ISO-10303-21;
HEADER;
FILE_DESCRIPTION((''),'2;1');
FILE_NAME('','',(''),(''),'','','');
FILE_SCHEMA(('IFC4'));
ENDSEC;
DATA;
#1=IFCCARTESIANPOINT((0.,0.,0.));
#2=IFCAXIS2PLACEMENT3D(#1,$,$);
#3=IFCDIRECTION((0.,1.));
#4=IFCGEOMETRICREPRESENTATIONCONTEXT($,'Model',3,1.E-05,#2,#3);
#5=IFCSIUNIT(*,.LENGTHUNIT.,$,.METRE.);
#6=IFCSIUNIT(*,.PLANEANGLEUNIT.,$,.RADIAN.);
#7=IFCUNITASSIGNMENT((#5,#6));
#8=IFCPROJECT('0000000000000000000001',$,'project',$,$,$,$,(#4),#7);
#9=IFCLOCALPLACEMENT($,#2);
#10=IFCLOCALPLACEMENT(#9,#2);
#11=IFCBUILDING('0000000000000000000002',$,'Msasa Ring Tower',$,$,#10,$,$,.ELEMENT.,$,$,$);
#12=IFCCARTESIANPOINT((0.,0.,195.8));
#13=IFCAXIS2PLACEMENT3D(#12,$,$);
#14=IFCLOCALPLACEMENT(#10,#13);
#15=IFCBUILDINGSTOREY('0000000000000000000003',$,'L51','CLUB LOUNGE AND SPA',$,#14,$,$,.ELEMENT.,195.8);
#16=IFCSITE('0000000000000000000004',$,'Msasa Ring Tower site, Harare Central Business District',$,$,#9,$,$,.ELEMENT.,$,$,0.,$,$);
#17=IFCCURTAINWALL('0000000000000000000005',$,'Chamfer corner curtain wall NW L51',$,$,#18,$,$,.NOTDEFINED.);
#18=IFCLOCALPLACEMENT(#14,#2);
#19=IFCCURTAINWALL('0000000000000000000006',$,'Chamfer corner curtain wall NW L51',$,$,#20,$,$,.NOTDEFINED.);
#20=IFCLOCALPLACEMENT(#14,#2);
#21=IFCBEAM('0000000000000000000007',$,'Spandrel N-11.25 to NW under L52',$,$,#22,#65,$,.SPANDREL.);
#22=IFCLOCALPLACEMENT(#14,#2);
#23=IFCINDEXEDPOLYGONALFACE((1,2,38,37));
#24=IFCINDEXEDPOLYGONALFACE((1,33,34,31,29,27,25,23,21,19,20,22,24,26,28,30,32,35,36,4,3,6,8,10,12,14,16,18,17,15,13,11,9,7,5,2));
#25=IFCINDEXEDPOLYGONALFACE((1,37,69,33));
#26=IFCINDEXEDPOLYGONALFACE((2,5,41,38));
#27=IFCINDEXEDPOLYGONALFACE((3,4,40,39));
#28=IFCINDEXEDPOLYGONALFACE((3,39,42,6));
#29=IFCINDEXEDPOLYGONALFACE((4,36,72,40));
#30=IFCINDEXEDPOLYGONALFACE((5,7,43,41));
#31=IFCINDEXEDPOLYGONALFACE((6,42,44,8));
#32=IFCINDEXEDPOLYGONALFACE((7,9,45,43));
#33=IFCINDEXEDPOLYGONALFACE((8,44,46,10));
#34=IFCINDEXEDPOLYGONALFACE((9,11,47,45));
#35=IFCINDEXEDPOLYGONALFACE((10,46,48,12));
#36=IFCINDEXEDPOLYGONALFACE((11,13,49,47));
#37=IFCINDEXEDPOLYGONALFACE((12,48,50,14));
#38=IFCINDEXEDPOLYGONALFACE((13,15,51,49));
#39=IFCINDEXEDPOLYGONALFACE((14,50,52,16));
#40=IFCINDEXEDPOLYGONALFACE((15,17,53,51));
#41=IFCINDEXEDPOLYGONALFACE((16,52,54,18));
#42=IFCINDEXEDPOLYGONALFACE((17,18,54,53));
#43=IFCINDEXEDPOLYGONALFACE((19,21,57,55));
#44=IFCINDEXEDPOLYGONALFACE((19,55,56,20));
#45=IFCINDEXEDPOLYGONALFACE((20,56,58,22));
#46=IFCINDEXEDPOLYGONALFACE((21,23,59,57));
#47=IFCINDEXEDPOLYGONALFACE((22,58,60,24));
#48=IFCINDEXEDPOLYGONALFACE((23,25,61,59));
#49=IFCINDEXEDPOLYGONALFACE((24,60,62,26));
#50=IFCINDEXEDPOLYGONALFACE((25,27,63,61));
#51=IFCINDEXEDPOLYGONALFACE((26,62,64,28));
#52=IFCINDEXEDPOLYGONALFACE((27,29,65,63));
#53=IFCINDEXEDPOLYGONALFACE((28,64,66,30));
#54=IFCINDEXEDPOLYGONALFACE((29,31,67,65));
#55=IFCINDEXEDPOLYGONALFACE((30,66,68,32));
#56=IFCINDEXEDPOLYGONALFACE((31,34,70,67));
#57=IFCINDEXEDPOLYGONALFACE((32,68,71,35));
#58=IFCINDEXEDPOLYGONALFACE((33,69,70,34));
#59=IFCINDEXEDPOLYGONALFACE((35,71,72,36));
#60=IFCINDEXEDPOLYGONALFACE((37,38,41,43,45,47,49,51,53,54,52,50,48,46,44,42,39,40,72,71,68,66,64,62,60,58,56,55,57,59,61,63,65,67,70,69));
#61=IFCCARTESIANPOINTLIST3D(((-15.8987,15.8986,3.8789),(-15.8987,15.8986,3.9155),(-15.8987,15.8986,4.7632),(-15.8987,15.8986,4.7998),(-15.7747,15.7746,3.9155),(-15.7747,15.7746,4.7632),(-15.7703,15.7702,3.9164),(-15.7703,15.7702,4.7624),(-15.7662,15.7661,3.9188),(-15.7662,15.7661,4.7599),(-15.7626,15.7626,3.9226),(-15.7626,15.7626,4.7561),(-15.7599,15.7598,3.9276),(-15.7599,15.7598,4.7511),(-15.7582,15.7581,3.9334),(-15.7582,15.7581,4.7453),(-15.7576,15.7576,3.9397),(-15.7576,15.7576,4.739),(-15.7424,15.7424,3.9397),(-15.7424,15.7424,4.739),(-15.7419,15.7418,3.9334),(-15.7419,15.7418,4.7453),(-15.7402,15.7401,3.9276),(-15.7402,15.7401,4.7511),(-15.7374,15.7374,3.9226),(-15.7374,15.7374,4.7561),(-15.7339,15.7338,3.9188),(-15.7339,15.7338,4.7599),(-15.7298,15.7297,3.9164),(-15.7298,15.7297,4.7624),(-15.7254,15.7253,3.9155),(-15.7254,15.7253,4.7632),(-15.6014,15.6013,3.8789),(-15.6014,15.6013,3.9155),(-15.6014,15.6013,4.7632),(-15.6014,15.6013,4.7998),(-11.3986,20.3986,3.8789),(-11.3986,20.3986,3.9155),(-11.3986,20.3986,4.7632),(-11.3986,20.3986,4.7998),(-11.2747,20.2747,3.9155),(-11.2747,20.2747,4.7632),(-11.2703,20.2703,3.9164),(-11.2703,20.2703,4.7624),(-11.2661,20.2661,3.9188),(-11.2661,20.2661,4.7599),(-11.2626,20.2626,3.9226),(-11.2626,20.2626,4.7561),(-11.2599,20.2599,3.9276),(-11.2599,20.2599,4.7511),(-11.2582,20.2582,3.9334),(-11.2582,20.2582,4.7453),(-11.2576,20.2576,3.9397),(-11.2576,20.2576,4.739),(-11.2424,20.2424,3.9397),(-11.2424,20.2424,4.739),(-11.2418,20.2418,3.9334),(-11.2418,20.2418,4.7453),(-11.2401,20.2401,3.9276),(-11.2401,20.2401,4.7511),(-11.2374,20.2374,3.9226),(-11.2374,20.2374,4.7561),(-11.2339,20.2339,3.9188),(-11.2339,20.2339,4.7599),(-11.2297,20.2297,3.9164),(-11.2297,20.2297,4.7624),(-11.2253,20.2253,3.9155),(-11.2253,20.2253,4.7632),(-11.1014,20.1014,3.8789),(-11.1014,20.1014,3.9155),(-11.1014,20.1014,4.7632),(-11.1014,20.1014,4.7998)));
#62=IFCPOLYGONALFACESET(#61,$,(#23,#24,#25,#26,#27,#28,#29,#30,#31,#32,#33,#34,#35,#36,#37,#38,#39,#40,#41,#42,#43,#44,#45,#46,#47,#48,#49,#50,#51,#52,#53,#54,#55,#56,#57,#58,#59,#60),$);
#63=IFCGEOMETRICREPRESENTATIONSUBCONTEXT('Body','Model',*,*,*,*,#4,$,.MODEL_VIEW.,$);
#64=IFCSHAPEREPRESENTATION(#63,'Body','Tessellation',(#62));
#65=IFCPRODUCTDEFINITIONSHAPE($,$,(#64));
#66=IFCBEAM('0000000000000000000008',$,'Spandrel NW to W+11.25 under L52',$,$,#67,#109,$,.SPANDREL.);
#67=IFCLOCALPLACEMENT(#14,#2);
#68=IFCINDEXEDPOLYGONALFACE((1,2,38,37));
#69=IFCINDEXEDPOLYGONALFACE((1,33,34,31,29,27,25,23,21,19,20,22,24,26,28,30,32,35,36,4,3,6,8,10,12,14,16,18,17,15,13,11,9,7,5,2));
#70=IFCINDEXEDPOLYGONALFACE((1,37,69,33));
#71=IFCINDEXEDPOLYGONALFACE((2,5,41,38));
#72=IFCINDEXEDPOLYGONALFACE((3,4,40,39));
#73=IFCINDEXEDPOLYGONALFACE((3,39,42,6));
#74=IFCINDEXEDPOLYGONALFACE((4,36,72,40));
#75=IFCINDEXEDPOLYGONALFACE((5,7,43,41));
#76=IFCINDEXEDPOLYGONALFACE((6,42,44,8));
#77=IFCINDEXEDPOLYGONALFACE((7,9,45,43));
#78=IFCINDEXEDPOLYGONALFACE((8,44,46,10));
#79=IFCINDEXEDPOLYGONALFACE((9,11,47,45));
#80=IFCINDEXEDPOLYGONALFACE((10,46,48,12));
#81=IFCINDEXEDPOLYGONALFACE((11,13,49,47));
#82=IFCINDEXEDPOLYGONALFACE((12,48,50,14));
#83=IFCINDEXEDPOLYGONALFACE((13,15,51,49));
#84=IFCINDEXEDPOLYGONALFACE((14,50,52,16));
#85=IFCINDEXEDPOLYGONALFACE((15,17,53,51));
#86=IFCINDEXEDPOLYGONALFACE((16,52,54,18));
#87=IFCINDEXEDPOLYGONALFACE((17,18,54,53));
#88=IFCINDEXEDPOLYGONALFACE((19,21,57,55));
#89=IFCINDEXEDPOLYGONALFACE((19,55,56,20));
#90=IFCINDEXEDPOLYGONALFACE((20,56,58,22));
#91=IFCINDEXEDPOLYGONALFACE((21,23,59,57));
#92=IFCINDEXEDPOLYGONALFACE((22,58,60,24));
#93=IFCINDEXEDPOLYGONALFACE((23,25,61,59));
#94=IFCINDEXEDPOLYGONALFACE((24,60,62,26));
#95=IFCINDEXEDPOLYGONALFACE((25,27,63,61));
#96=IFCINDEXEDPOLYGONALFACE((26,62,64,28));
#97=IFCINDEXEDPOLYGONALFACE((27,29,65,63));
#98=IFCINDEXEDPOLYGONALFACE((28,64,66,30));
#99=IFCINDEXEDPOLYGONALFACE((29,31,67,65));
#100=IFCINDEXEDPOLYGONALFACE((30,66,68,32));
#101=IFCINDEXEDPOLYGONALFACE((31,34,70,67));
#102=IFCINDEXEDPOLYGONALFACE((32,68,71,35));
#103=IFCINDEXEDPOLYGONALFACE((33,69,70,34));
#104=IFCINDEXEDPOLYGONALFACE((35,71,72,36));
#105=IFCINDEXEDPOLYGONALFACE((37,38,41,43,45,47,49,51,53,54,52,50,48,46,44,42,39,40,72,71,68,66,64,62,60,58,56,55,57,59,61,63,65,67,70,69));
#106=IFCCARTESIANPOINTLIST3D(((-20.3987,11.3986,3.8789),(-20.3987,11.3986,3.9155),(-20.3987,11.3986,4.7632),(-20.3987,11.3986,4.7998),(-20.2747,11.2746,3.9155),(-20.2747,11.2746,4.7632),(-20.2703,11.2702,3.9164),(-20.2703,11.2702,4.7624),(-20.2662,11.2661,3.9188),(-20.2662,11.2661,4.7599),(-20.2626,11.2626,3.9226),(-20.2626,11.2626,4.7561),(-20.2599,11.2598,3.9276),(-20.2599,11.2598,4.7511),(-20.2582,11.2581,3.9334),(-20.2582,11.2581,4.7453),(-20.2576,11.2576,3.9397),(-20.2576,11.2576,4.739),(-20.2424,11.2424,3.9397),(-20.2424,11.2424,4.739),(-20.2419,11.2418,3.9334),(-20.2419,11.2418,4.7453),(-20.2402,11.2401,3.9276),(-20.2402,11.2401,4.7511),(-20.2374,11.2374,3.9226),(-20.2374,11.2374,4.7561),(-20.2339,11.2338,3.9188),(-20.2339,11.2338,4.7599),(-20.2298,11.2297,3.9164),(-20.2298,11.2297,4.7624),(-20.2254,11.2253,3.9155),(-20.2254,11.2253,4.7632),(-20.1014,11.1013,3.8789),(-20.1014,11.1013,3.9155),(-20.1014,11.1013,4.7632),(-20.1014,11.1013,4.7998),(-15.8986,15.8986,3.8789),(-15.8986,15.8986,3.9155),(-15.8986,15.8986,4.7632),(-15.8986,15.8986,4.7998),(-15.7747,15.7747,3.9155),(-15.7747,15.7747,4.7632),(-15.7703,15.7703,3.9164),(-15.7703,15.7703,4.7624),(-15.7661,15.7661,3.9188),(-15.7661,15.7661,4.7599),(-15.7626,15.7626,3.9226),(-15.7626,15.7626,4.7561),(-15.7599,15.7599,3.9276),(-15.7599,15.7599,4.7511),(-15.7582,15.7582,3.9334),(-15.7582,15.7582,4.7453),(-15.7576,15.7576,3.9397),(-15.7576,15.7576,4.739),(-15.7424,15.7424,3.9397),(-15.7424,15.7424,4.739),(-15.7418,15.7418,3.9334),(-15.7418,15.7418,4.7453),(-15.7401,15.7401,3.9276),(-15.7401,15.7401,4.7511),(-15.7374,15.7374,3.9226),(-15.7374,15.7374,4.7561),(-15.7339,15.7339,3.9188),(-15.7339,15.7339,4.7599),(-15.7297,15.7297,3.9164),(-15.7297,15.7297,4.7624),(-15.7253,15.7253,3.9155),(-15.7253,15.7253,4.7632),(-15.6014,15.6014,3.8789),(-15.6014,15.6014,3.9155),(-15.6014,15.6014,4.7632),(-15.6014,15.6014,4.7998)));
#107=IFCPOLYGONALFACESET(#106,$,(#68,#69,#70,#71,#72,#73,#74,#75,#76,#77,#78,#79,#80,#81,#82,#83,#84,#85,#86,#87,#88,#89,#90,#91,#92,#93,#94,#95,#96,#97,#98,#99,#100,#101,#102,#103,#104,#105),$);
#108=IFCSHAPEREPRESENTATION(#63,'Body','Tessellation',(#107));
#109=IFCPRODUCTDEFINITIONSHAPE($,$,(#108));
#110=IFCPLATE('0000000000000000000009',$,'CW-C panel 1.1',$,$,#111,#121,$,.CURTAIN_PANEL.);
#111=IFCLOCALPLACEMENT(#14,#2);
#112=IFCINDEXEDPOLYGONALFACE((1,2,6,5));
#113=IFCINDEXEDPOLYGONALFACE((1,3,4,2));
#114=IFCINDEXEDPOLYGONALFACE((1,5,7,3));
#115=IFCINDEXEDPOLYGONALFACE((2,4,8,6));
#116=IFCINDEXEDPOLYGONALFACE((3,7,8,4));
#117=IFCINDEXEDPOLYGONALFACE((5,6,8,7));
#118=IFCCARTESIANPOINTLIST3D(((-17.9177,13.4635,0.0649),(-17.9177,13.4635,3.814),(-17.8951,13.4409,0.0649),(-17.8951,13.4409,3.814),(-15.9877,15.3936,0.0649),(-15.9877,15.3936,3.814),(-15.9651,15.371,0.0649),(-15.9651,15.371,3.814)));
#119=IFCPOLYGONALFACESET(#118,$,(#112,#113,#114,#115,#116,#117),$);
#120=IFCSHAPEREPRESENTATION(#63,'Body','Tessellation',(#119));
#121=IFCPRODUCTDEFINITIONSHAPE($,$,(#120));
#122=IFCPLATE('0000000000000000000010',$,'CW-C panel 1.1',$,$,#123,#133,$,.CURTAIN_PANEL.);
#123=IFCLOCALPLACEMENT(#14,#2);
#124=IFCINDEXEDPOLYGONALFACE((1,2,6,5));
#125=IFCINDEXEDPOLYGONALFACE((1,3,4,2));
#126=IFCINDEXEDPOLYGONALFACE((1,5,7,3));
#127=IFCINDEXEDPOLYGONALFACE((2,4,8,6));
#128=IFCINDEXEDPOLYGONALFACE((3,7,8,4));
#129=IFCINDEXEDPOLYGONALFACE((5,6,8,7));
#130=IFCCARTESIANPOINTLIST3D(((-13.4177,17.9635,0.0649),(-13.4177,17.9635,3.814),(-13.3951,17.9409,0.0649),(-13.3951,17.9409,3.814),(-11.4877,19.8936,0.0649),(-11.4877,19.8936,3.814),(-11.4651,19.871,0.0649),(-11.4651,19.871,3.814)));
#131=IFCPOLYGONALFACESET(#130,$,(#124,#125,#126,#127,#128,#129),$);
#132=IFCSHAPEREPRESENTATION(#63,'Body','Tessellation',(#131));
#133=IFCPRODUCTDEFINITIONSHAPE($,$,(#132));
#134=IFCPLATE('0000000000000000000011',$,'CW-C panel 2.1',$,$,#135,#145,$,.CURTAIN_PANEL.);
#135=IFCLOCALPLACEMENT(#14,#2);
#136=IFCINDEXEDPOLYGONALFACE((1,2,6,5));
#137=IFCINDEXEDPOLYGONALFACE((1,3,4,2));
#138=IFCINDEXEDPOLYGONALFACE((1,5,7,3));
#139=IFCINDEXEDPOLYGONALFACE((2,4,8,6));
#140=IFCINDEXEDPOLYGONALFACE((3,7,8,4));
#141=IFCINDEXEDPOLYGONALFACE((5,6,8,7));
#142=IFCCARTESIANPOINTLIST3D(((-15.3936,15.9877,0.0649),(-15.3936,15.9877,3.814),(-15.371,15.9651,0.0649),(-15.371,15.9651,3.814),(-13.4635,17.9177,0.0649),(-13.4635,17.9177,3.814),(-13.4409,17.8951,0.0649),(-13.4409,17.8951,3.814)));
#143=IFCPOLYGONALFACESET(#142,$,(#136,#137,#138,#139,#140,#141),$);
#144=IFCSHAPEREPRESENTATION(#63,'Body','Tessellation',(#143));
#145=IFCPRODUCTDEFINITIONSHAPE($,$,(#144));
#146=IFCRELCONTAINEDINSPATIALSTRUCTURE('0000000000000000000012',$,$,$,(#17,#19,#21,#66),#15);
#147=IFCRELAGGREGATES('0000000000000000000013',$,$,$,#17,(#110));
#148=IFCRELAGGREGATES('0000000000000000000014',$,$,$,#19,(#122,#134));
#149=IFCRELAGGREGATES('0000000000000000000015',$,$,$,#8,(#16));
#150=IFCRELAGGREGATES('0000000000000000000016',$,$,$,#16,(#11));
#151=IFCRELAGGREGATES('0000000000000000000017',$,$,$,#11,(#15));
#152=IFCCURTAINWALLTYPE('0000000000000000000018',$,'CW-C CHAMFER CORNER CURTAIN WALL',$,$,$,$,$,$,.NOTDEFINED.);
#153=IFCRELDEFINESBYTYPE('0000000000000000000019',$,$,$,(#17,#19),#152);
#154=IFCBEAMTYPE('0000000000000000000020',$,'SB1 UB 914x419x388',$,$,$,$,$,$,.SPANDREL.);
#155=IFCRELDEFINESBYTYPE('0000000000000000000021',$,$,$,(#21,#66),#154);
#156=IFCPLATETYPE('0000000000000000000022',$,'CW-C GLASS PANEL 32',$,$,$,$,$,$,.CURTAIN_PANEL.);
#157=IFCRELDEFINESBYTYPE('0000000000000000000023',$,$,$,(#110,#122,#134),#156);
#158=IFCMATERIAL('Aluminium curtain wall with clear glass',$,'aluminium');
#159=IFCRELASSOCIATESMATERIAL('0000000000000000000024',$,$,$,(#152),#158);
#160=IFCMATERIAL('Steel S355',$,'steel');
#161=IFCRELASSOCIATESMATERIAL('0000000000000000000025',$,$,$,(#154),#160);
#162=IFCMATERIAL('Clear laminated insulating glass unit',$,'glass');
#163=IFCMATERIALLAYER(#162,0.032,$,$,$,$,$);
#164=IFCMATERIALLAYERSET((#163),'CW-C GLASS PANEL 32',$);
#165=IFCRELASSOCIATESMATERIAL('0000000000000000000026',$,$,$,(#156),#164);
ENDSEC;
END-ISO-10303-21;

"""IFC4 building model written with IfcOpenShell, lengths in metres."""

from ifc_helpers import new_model, si_unit, direction, frame, origin, origin_2d, place, context, subcontext, project, spatial, rectangle, i_section, extrude, material, layer, layer_set, material_profile, profile_set, type_object, element, aggregate, save


model = new_model("IFC4")

# Units and contexts
model_context = context("Model", 3, precision=1e-05, world=origin(), true_north=direction((0.0, 1.0)))
body_context = subcontext(model_context, "Body", "Model", "MODEL_VIEW")
ifc_project = project(units=[si_unit("LENGTHUNIT", "METRE"), si_unit("PLANEANGLEUNIT", "RADIAN")], contexts=[model_context])

# Site, building, storey
site_placement = place(None, origin())
site = spatial("IfcSite", under=ifc_project, at=site_placement, Name="Msasa Ring Tower site, Harare Central Business District", CompositionType="ELEMENT", RefElevation=0.0)
building_placement = place(site_placement, origin())
building = spatial("IfcBuilding", under=site, at=building_placement, Name="Msasa Ring Tower", CompositionType="ELEMENT")
storey_placement = place(building_placement, frame((0.0, 0.0, 195.8)))
storey = spatial("IfcBuildingStorey", under=building, at=storey_placement, Name="L51", Description="CLUB LOUNGE AND SPA", CompositionType="ELEMENT", Elevation=195.8)

# Curtain walls
ifc_material_1 = material(Name="Aluminium curtain wall with clear glass", Category="aluminium")
curtain_wall_type = type_object("IfcCurtainWallType", Name="CW-C CHAMFER CORNER CURTAIN WALL", PredefinedType="NOTDEFINED", material=ifc_material_1)
curtain_wall_1_placement = place(storey_placement, origin())
curtain_wall_1 = element("IfcCurtainWall", 1, at=curtain_wall_1_placement, inside=storey, type_object=curtain_wall_type, Name="Chamfer corner curtain wall NW L51", PredefinedType="NOTDEFINED")
curtain_wall_2_placement = place(storey_placement, origin())
curtain_wall_2 = element("IfcCurtainWall", 2, at=curtain_wall_2_placement, inside=storey, type_object=curtain_wall_type, Name="Chamfer corner curtain wall NW L51", PredefinedType="NOTDEFINED")

# Beams
ifc_material_2 = material(Name="Steel S355", Category="steel")
ifc_material_profile_1 = material_profile(ifc_material_2, i_section(OverallWidth=0.4204, OverallDepth=0.9209, WebThickness=0.0215, FlangeThickness=0.0366, FilletRadius=0.0242, at=origin_2d()), Name="UB 914x419x388")
ifc_profile_set_1 = profile_set([ifc_material_profile_1], Name="Steel S355")
beam_type = type_object("IfcBeamType", Name="SB1 UB 914x419x388", PredefinedType="SPANDREL", material=ifc_profile_set_1)
for number, where, z_axis, x_axis, name in (
    (3, (-11.25, 20.25, 4.3394), (-0.707107, -0.707107, 0.0), (0.707107, -0.707107, 0.0), "Spandrel N-11.25 to NW under L52"),
    (4, (-15.75, 15.75, 4.3394), (-0.707107, -0.707107, 0.0), (0.707107, -0.707107, 0.0), "Spandrel NW to W+11.25 under L52"),
):
    element("IfcBeam", number, at=place(storey_placement, frame(where, z_axis=z_axis, x_axis=x_axis)), inside=storey, type_object=beam_type, Name=name, PredefinedType="SPANDREL", context=body_context, shape_type="SweptSolid", body=[
        extrude(i_section(OverallWidth=0.4204, OverallDepth=0.9209, WebThickness=0.0215, FlangeThickness=0.0366, FilletRadius=0.0242, at=origin_2d()), origin(), (0.0, 0.0, 1.0), 6.364),
    ])

# Plates
ifc_material_3 = material(Name="Clear laminated insulating glass unit", Category="glass")
ifc_layer = layer(ifc_material_3, 0.032)
ifc_layer_set = layer_set([ifc_layer], Name="CW-C GLASS PANEL 32")
plate_type = type_object("IfcPlateType", Name="CW-C GLASS PANEL 32", PredefinedType="CURTAIN_PANEL", material=ifc_layer_set)
plate_1_placement = place(storey_placement, frame((-16.9414, 14.4172, 0.0649), z_axis=(0.0, 0.0, 1.0), x_axis=(-0.707107, -0.707107, 0.0)))
plate_1 = element("IfcPlate", 5, at=plate_1_placement, type_object=plate_type, Name="CW-C panel 1.1", PredefinedType="CURTAIN_PANEL", context=body_context, shape_type="SweptSolid", body=[
    extrude(rectangle(XDim=2.7295, YDim=0.032, at=origin_2d()), origin(), (0.0, 0.0, 1.0), 3.749),
])
aggregate(curtain_wall_1, [plate_1])
plate_2_placement = place(storey_placement, frame((-12.4414, 18.9172, 0.0649), z_axis=(0.0, 0.0, 1.0), x_axis=(-0.707107, -0.707107, 0.0)))
plate_2 = element("IfcPlate", 6, at=plate_2_placement, type_object=plate_type, Name="CW-C panel 1.1", PredefinedType="CURTAIN_PANEL", context=body_context, shape_type="SweptSolid", body=[
    extrude(rectangle(XDim=2.7295, YDim=0.032, at=origin_2d()), origin(), (0.0, 0.0, 1.0), 3.749),
])
plate_3_placement = place(storey_placement, frame((-14.4172, 16.9414, 0.0649), z_axis=(0.0, 0.0, 1.0), x_axis=(-0.707107, -0.707107, 0.0)))
plate_3 = element("IfcPlate", 7, at=plate_3_placement, type_object=plate_type, Name="CW-C panel 2.1", PredefinedType="CURTAIN_PANEL", context=body_context, shape_type="SweptSolid", body=[
    extrude(rectangle(XDim=2.7295, YDim=0.032, at=origin_2d()), origin(), (0.0, 0.0, 1.0), 3.749),
])
aggregate(curtain_wall_2, [plate_2, plate_3])

save(model, "model.ifc")
